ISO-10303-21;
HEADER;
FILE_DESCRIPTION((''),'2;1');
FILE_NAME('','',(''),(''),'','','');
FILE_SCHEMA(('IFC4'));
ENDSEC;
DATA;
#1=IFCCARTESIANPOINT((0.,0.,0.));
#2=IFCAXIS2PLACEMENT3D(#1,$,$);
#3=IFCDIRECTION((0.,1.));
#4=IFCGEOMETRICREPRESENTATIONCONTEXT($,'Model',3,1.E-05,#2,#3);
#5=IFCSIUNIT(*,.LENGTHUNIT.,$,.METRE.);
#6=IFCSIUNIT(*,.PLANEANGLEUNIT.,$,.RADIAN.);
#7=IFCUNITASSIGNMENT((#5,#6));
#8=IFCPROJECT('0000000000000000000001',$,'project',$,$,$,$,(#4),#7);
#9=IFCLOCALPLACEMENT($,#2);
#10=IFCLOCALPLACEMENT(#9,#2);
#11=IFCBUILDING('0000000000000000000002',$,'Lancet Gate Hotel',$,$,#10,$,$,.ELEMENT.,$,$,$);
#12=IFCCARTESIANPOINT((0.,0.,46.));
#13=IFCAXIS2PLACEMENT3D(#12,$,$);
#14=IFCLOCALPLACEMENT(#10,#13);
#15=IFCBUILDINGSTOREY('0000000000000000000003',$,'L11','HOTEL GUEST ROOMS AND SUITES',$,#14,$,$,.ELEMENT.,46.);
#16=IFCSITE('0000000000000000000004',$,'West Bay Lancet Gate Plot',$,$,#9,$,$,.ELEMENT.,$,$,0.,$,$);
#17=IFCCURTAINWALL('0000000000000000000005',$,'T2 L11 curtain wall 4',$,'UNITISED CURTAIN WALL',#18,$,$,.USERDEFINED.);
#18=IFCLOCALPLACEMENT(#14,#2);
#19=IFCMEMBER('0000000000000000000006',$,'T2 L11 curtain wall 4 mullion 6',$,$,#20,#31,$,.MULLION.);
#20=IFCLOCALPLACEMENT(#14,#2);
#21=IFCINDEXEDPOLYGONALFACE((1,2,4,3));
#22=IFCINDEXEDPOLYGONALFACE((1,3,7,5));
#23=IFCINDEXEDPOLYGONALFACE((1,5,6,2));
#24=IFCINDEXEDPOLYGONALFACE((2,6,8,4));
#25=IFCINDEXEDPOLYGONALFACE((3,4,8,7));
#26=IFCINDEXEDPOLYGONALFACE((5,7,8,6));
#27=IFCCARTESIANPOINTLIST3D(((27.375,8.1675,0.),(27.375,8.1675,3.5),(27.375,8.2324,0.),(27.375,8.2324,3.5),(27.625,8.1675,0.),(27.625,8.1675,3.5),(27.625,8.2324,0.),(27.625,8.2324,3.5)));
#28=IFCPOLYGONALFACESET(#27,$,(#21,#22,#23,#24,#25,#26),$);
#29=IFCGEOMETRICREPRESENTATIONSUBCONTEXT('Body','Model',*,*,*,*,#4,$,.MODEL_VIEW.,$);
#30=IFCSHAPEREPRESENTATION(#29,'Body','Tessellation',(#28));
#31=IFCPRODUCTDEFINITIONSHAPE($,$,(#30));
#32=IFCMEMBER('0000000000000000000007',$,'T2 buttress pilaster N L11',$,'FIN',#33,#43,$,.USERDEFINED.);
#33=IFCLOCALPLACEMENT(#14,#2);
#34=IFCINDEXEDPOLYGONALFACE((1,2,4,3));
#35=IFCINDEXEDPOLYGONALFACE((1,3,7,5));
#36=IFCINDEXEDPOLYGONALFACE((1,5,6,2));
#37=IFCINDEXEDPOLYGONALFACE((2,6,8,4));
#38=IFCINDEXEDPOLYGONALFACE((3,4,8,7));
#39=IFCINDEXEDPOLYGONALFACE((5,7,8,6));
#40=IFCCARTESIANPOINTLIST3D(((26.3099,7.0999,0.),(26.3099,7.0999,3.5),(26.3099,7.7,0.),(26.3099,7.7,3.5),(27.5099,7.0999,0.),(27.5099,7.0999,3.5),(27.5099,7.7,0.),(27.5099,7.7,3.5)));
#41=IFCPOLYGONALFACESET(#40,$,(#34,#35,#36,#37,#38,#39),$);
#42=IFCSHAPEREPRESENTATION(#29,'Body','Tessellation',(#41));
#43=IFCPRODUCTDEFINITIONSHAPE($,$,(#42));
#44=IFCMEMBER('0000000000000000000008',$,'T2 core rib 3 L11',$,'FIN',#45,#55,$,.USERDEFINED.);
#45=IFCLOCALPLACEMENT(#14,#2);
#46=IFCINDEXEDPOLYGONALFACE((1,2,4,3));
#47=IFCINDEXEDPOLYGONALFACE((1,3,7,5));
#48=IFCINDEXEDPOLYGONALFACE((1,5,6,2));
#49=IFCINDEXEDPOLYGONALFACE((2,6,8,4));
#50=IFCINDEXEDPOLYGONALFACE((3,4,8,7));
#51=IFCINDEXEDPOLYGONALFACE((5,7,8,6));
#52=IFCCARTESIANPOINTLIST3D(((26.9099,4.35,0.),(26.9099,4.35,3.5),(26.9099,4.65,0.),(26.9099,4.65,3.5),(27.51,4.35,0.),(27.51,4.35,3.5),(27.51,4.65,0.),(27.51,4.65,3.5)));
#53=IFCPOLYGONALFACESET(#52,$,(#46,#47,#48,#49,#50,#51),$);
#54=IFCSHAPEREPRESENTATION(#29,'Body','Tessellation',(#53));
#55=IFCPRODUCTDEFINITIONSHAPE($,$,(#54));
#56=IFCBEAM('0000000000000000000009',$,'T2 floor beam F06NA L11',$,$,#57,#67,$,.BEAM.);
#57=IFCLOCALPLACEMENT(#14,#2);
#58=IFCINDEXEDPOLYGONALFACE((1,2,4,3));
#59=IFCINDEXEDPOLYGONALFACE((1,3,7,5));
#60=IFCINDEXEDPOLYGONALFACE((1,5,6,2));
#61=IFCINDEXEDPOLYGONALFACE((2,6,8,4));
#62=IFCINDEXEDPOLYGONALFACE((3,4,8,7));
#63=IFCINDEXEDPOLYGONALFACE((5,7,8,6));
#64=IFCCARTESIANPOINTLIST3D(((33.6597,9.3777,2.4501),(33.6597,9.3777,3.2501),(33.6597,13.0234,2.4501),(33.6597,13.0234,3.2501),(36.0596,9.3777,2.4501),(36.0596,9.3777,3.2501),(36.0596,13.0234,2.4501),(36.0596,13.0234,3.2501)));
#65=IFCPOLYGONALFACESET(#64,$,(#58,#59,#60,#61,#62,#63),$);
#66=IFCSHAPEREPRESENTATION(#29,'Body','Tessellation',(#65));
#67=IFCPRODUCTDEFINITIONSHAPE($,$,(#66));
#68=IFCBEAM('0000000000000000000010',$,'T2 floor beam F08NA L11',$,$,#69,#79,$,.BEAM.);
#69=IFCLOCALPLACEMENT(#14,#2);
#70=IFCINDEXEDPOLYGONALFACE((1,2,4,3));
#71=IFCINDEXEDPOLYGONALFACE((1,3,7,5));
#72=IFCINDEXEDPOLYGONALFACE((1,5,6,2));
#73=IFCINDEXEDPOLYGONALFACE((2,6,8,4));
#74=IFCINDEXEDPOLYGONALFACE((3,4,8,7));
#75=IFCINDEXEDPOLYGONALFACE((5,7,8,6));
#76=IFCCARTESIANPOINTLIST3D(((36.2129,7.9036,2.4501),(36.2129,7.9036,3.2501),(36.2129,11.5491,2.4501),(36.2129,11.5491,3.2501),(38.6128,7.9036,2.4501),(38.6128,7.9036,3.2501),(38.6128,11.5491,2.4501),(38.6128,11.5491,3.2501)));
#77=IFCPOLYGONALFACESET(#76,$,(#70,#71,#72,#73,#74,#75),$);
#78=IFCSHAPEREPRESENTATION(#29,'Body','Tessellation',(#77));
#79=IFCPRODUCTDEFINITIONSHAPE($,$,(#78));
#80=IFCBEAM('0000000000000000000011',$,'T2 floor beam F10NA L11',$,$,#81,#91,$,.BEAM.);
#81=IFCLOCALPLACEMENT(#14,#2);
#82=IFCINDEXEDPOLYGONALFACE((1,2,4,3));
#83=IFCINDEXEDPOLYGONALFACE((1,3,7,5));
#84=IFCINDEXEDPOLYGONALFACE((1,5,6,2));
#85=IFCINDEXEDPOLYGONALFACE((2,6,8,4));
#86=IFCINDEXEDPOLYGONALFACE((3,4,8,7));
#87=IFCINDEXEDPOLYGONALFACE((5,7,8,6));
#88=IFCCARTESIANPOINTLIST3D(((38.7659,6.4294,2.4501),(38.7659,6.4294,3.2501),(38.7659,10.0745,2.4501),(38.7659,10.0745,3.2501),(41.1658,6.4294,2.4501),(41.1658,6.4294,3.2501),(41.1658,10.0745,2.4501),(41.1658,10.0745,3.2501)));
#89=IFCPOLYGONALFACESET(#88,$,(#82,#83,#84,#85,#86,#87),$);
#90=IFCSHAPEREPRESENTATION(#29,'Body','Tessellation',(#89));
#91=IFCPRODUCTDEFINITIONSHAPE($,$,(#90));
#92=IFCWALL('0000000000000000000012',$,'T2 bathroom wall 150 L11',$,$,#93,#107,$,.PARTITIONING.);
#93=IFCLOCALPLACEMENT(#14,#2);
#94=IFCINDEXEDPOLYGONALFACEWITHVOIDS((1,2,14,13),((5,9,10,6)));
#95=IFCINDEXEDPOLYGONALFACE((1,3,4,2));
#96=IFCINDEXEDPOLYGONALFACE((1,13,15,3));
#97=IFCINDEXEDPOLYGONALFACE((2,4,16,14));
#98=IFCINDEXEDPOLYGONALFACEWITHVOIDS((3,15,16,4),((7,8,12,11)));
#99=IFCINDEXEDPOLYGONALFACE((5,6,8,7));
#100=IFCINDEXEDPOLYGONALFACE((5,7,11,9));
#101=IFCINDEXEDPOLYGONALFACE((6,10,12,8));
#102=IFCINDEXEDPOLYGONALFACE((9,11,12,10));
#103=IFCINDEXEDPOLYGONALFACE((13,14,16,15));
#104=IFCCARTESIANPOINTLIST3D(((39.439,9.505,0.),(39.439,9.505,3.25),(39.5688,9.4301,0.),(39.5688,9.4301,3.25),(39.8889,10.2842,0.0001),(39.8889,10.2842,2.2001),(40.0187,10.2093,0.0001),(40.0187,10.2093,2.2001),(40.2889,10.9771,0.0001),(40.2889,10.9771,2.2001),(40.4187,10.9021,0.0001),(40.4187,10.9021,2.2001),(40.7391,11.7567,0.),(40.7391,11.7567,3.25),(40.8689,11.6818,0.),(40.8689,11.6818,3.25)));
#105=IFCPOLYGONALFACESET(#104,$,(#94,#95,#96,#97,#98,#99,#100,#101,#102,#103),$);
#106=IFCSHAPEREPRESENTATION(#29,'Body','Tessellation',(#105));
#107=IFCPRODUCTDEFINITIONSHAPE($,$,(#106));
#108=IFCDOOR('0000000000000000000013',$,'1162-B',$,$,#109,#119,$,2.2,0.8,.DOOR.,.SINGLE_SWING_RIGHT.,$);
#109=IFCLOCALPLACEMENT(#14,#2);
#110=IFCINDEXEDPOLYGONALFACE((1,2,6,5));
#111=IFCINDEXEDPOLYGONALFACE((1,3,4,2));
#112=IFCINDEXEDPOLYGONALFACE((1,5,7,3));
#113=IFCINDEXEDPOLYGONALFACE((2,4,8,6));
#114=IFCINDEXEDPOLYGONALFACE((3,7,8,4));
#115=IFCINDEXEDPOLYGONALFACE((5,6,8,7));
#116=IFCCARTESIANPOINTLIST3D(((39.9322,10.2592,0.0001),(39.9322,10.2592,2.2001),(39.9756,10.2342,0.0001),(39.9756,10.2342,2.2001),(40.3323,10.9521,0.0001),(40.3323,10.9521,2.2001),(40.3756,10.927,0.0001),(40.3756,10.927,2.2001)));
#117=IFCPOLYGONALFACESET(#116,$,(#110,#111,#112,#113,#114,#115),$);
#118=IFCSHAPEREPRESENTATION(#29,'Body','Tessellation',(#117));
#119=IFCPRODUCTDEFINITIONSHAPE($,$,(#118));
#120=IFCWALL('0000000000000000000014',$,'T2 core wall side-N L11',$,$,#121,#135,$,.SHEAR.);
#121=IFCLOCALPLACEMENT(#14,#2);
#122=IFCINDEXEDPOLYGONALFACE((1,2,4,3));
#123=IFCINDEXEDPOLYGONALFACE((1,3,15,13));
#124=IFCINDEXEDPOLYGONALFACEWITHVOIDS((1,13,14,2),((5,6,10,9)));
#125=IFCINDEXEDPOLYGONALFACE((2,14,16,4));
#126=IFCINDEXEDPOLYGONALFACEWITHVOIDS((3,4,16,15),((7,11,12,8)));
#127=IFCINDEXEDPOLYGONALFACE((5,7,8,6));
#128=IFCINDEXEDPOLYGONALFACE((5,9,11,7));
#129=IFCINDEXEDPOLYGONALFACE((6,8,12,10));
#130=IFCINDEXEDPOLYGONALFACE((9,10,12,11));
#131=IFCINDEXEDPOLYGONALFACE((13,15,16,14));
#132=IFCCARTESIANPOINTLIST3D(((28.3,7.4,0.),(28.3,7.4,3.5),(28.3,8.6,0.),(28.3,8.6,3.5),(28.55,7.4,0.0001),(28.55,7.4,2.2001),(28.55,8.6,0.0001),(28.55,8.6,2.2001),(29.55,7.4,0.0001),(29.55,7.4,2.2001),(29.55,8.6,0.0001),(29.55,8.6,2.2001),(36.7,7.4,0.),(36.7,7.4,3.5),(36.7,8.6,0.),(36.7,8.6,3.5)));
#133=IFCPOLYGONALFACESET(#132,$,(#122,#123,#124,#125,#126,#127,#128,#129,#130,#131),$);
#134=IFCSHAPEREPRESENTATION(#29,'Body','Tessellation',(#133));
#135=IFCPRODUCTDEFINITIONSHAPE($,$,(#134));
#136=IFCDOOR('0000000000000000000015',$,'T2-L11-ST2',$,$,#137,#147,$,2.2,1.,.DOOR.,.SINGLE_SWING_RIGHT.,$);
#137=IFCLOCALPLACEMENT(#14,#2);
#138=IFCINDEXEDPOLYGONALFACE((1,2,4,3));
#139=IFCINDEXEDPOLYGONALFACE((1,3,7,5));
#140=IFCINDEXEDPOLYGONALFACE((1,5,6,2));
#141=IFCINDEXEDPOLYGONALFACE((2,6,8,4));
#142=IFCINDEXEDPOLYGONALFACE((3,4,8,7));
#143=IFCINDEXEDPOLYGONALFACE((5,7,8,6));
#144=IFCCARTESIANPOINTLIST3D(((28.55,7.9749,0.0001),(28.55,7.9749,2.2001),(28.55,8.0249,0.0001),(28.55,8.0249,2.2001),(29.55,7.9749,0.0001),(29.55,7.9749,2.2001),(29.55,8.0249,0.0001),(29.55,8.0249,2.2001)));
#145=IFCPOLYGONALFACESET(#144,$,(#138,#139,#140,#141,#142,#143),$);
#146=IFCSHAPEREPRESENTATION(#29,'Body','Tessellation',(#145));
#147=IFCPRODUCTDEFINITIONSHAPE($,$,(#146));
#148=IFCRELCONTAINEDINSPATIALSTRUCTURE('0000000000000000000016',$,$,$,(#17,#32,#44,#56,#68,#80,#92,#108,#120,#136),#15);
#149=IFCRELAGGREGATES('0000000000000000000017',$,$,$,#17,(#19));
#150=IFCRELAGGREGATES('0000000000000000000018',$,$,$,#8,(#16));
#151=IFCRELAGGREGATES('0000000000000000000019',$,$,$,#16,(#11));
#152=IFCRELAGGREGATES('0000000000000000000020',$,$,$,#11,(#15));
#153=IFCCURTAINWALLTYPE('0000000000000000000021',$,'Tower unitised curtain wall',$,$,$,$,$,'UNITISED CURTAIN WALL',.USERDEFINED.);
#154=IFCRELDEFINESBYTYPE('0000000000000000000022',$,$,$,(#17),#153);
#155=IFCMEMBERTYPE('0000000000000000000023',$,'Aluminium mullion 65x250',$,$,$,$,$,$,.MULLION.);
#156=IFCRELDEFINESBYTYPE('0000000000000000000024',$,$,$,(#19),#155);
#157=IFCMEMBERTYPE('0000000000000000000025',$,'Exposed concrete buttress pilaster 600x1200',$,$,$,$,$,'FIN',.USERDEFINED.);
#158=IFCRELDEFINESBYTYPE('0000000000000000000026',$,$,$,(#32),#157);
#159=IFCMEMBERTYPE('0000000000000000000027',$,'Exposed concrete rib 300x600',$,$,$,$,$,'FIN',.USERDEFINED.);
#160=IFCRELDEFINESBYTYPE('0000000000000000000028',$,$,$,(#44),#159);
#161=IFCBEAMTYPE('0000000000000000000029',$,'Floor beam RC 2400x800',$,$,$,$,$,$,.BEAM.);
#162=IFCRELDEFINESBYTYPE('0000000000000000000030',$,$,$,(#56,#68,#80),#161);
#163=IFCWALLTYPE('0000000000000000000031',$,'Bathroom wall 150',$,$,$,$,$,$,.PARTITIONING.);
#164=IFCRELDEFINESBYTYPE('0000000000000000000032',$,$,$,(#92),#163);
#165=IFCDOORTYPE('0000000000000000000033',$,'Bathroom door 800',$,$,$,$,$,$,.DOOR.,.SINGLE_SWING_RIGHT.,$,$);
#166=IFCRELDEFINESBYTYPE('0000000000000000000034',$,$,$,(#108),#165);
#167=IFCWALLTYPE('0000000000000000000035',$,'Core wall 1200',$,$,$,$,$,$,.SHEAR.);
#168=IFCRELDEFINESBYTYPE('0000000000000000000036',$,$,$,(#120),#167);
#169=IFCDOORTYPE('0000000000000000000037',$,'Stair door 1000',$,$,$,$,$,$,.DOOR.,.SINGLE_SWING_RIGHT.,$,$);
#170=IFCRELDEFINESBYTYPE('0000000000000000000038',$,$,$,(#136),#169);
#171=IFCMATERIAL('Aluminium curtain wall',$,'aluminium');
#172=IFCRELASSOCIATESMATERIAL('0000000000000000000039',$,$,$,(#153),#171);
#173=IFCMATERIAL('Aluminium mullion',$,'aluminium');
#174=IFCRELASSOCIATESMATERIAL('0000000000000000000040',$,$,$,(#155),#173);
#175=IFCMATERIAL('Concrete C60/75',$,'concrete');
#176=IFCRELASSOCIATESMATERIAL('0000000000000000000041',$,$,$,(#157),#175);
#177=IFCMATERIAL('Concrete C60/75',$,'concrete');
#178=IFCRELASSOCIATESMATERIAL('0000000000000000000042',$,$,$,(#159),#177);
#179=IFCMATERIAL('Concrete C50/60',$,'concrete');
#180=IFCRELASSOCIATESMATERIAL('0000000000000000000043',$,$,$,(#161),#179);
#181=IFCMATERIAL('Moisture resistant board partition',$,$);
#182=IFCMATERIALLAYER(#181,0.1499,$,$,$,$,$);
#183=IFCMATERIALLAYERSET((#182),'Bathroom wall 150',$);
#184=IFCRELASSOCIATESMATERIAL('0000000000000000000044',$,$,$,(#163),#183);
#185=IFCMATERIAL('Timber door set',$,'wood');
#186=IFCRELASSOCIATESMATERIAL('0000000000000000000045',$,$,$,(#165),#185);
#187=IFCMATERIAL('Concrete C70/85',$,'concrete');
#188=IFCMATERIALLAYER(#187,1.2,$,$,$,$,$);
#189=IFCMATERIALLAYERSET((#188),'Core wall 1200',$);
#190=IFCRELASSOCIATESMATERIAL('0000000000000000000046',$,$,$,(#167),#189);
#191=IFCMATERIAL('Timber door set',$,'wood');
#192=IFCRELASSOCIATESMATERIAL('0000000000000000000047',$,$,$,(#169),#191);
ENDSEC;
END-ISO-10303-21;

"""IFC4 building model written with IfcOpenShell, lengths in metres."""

from ifc_helpers import new_model, si_unit, direction, frame, frame_2d, origin, origin_2d, place, context, subcontext, project, spatial, rectangle, extrude, material, layer, layer_set, material_profile, profile_set, type_object, element, fill, aggregate, save


model = new_model("IFC4")

# Units and contexts
model_context = context("Model", 3, precision=1e-05, world=origin(), true_north=direction((0.0, 1.0)))
body_context = subcontext(model_context, "Body", "Model", "MODEL_VIEW")
ifc_project = project(units=[si_unit("LENGTHUNIT", "METRE"), si_unit("PLANEANGLEUNIT", "RADIAN")], contexts=[model_context])

# Site, building, storey
site_placement = place(None, origin())
site = spatial("IfcSite", under=ifc_project, at=site_placement, Name="West Bay Lancet Gate Plot", CompositionType="ELEMENT", RefElevation=0.0)
building_placement = place(site_placement, origin())
building = spatial("IfcBuilding", under=site, at=building_placement, Name="Lancet Gate Hotel", CompositionType="ELEMENT")
storey_placement = place(building_placement, frame((0.0, 0.0, 46.0)))
storey = spatial("IfcBuildingStorey", under=building, at=storey_placement, Name="L11", Description="HOTEL GUEST ROOMS AND SUITES", CompositionType="ELEMENT", Elevation=46.0)

# Curtain wall, member
ifc_material_1 = material(Name="Aluminium curtain wall", Category="aluminium")
curtain_wall_type = type_object("IfcCurtainWallType", Name="Tower unitised curtain wall", ElementType="UNITISED CURTAIN WALL", PredefinedType="USERDEFINED", material=ifc_material_1)
curtain_wall_placement = place(storey_placement, origin())
curtain_wall = element("IfcCurtainWall", 1, at=curtain_wall_placement, inside=storey, type_object=curtain_wall_type, Name="T2 L11 curtain wall 4", ObjectType="UNITISED CURTAIN WALL", PredefinedType="USERDEFINED")
ifc_material_2 = material(Name="Aluminium mullion", Category="aluminium")
ifc_material_profile_1 = material_profile(ifc_material_2, rectangle(XDim=0.0649, YDim=0.25, at=origin_2d()), Name="MULLION 65x250")
ifc_profile_set_1 = profile_set([ifc_material_profile_1], Name="Aluminium mullion")
member_type_1 = type_object("IfcMemberType", Name="Aluminium mullion 65x250", PredefinedType="MULLION", material=ifc_profile_set_1)
member_1_placement = place(storey_placement, frame((27.5, 8.2, 0.0), z_axis=(0.0, 0.0, 1.0), x_axis=(0.0, -1.0, 0.0)))
member_1 = element("IfcMember", 2, at=member_1_placement, type_object=member_type_1, Name="T2 L11 curtain wall 4 mullion 6", PredefinedType="MULLION", context=body_context, shape_type="SweptSolid", body=[
    extrude(rectangle(XDim=0.0649, YDim=0.25, at=origin_2d()), origin(), (0.0, 0.0, 1.0), 3.5),
])
aggregate(curtain_wall, [member_1])

# Members
ifc_material_3 = material(Name="Concrete C60/75", Category="concrete")
ifc_material_profile_2 = material_profile(ifc_material_3, rectangle(XDim=0.6001, YDim=1.2, at=origin_2d()), Name="FIN 600x1200")
ifc_profile_set_2 = profile_set([ifc_material_profile_2], Name="Concrete C60/75")
member_type_2 = type_object("IfcMemberType", Name="Exposed concrete buttress pilaster 600x1200", ElementType="FIN", PredefinedType="USERDEFINED", material=ifc_profile_set_2)
member_2_placement = place(storey_placement, frame((26.9099, 7.3999, 0.0), z_axis=(0.0, 0.0, 1.0), x_axis=(0.0, 1.0, 0.0)))
element("IfcMember", 3, at=member_2_placement, inside=storey, type_object=member_type_2, Name="T2 buttress pilaster N L11", ObjectType="FIN", PredefinedType="USERDEFINED", context=body_context, shape_type="SweptSolid", body=[
    extrude(rectangle(XDim=0.6001, YDim=1.2, at=origin_2d()), origin(), (0.0, 0.0, 1.0), 3.5),
])
ifc_material_4 = material(Name="Concrete C60/75", Category="concrete")
ifc_material_profile_3 = material_profile(ifc_material_4, rectangle(XDim=0.3, YDim=0.6001, at=origin_2d()), Name="FIN 300x600")
ifc_profile_set_3 = profile_set([ifc_material_profile_3], Name="Concrete C60/75")
member_type_3 = type_object("IfcMemberType", Name="Exposed concrete rib 300x600", ElementType="FIN", PredefinedType="USERDEFINED", material=ifc_profile_set_3)
member_3_placement = place(storey_placement, frame((27.21, 4.5, 0.0), z_axis=(0.0, 0.0, 1.0), x_axis=(0.0, 1.0, 0.0)))
element("IfcMember", 4, at=member_3_placement, inside=storey, type_object=member_type_3, Name="T2 core rib 3 L11", ObjectType="FIN", PredefinedType="USERDEFINED", context=body_context, shape_type="SweptSolid", body=[
    extrude(rectangle(XDim=0.3, YDim=0.6001, at=origin_2d()), origin(), (0.0, 0.0, 1.0), 3.5),
])

# Beams
ifc_material_5 = material(Name="Concrete C50/60", Category="concrete")
ifc_material_profile_4 = material_profile(ifc_material_5, rectangle(XDim=2.3999, YDim=0.8, at=origin_2d()), Name="RC 2400x800")
ifc_profile_set_4 = profile_set([ifc_material_profile_4], Name="Concrete C50/60")
beam_type = type_object("IfcBeamType", Name="Floor beam RC 2400x800", PredefinedType="BEAM", material=ifc_profile_set_4)
beam_1_placement = place(storey_placement, frame((34.8596, 9.3777, 2.8501), z_axis=(0.0, 1.0, 0.0), x_axis=(-1.0, 0.0, 0.0)))
element("IfcBeam", 5, at=beam_1_placement, inside=storey, type_object=beam_type, Name="T2 floor beam F06NA L11", PredefinedType="BEAM", context=body_context, shape_type="SweptSolid", body=[
    extrude(rectangle(XDim=2.3999, YDim=0.8, at=origin_2d()), origin(), (0.0, 0.0, 1.0), 3.6458),
])
beam_2_placement = place(storey_placement, frame((37.4128, 7.9036, 2.8501), z_axis=(0.0, 1.0, 0.0), x_axis=(-1.0, 0.0, 0.0)))
element("IfcBeam", 6, at=beam_2_placement, inside=storey, type_object=beam_type, Name="T2 floor beam F08NA L11", PredefinedType="BEAM", context=body_context, shape_type="SweptSolid", body=[
    extrude(rectangle(XDim=2.3999, YDim=0.8, at=origin_2d()), origin(), (0.0, 0.0, 1.0), 3.6455),
])
beam_3_placement = place(storey_placement, frame((39.9658, 6.4294, 2.8501), z_axis=(0.0, 1.0, 0.0), x_axis=(-1.0, 0.0, 0.0)))
element("IfcBeam", 7, at=beam_3_placement, inside=storey, type_object=beam_type, Name="T2 floor beam F10NA L11", PredefinedType="BEAM", context=body_context, shape_type="SweptSolid", body=[
    extrude(rectangle(XDim=2.3999, YDim=0.8, at=origin_2d()), origin(), (0.0, 0.0, 1.0), 3.645),
])

# Walls, openings, doors
ifc_material_6 = material(Name="Moisture resistant board partition")
ifc_layer_1 = layer(ifc_material_6, 0.1499)
ifc_layer_set_1 = layer_set([ifc_layer_1], Name="Bathroom wall 150")
wall_type_1 = type_object("IfcWallType", Name="Bathroom wall 150", PredefinedType="PARTITIONING", material=ifc_layer_set_1)
wall_1_placement = place(storey_placement, frame((39.5039, 9.4675, 0.0), z_axis=(0.0, 0.0, 1.0), x_axis=(0.500007, 0.866021, 0.0)))
wall_1 = element("IfcWall", 8, at=wall_1_placement, inside=storey, type_object=wall_type_1, Name="T2 bathroom wall 150 L11", PredefinedType="PARTITIONING", context=body_context, shape_type="SweptSolid", body=[
    extrude(rectangle(XDim=2.6001, YDim=0.1499, at=frame_2d((1.3, 0.0))), origin(), (0.0, 0.0, 1.0), 3.25),
])
opening_1_placement = place(wall_1_placement, frame((0.8999, 0.0, 0.0)))
opening_1 = element("IfcOpeningElement", 9, at=opening_1_placement, cuts=wall_1, PredefinedType="OPENING", context=body_context, shape_type="SweptSolid", body=[
    extrude(rectangle(XDim=0.8, YDim=2.2, at=frame_2d((0.3999, 1.1001))), frame((0.0, 0.085, 0.0), z_axis=(0.0, -1.0, 0.0), x_axis=(1.0, 0.0, 0.0)), (0.0, 0.0, 1.0), 0.1699),
])
ifc_material_7 = material(Name="Timber door set", Category="wood")
door_type_1 = type_object("IfcDoorType", Name="Bathroom door 800", OperationType="SINGLE_SWING_RIGHT", PredefinedType="DOOR", material=ifc_material_7)
door_1_placement = place(opening_1_placement, origin())
door_1 = element("IfcDoor", 10, at=door_1_placement, inside=storey, type_object=door_type_1, Name="1162-B", OperationType="SINGLE_SWING_RIGHT", OverallHeight=2.2, OverallWidth=0.8, PredefinedType="DOOR", context=body_context, shape_type="SweptSolid", body=[
    extrude(rectangle(XDim=0.8, YDim=2.2, at=frame_2d((0.3999, 1.1001))), frame((0.0, 0.0249, 0.0), z_axis=(0.0, -1.0, 0.0), x_axis=(1.0, 0.0, 0.0)), (0.0, 0.0, 1.0), 0.05),
])
fill(opening_1, door_1)
ifc_material_8 = material(Name="Concrete C70/85", Category="concrete")
ifc_layer_2 = layer(ifc_material_8, 1.2)
ifc_layer_set_2 = layer_set([ifc_layer_2], Name="Core wall 1200")
wall_type_2 = type_object("IfcWallType", Name="Core wall 1200", PredefinedType="SHEAR", material=ifc_layer_set_2)
wall_2_placement = place(storey_placement, frame((28.3, 8.0, 0.0), z_axis=(0.0, 0.0, 1.0), x_axis=(1.0, 0.0, 0.0)))
wall_2 = element("IfcWall", 11, at=wall_2_placement, inside=storey, type_object=wall_type_2, Name="T2 core wall side-N L11", PredefinedType="SHEAR", context=body_context, shape_type="SweptSolid", body=[
    extrude(rectangle(XDim=8.3999, YDim=1.2, at=frame_2d((4.2, 0.0))), origin(), (0.0, 0.0, 1.0), 3.5),
])
opening_2_placement = place(wall_2_placement, frame((0.25, 0.0, 0.0)))
opening_2 = element("IfcOpeningElement", 12, at=opening_2_placement, cuts=wall_2, PredefinedType="OPENING", context=body_context, shape_type="SweptSolid", body=[
    extrude(rectangle(XDim=1.0, YDim=2.2, at=frame_2d((0.5, 1.1001))), frame((0.0, 0.6099, 0.0), z_axis=(0.0, -1.0, 0.0), x_axis=(1.0, 0.0, 0.0)), (0.0, 0.0, 1.0), 1.22),
])
ifc_material_9 = material(Name="Timber door set", Category="wood")
door_type_2 = type_object("IfcDoorType", Name="Stair door 1000", OperationType="SINGLE_SWING_RIGHT", PredefinedType="DOOR", material=ifc_material_9)
door_2_placement = place(opening_2_placement, origin())
door_2 = element("IfcDoor", 13, at=door_2_placement, inside=storey, type_object=door_type_2, Name="T2-L11-ST2", OperationType="SINGLE_SWING_RIGHT", OverallHeight=2.2, OverallWidth=1.0, PredefinedType="DOOR", context=body_context, shape_type="SweptSolid", body=[
    extrude(rectangle(XDim=1.0, YDim=2.2, at=frame_2d((0.5, 1.1001))), frame((0.0, 0.0249, 0.0), z_axis=(0.0, -1.0, 0.0), x_axis=(1.0, 0.0, 0.0)), (0.0, 0.0, 1.0), 0.05),
])
fill(opening_2, door_2)

save(model, "model.ifc")
